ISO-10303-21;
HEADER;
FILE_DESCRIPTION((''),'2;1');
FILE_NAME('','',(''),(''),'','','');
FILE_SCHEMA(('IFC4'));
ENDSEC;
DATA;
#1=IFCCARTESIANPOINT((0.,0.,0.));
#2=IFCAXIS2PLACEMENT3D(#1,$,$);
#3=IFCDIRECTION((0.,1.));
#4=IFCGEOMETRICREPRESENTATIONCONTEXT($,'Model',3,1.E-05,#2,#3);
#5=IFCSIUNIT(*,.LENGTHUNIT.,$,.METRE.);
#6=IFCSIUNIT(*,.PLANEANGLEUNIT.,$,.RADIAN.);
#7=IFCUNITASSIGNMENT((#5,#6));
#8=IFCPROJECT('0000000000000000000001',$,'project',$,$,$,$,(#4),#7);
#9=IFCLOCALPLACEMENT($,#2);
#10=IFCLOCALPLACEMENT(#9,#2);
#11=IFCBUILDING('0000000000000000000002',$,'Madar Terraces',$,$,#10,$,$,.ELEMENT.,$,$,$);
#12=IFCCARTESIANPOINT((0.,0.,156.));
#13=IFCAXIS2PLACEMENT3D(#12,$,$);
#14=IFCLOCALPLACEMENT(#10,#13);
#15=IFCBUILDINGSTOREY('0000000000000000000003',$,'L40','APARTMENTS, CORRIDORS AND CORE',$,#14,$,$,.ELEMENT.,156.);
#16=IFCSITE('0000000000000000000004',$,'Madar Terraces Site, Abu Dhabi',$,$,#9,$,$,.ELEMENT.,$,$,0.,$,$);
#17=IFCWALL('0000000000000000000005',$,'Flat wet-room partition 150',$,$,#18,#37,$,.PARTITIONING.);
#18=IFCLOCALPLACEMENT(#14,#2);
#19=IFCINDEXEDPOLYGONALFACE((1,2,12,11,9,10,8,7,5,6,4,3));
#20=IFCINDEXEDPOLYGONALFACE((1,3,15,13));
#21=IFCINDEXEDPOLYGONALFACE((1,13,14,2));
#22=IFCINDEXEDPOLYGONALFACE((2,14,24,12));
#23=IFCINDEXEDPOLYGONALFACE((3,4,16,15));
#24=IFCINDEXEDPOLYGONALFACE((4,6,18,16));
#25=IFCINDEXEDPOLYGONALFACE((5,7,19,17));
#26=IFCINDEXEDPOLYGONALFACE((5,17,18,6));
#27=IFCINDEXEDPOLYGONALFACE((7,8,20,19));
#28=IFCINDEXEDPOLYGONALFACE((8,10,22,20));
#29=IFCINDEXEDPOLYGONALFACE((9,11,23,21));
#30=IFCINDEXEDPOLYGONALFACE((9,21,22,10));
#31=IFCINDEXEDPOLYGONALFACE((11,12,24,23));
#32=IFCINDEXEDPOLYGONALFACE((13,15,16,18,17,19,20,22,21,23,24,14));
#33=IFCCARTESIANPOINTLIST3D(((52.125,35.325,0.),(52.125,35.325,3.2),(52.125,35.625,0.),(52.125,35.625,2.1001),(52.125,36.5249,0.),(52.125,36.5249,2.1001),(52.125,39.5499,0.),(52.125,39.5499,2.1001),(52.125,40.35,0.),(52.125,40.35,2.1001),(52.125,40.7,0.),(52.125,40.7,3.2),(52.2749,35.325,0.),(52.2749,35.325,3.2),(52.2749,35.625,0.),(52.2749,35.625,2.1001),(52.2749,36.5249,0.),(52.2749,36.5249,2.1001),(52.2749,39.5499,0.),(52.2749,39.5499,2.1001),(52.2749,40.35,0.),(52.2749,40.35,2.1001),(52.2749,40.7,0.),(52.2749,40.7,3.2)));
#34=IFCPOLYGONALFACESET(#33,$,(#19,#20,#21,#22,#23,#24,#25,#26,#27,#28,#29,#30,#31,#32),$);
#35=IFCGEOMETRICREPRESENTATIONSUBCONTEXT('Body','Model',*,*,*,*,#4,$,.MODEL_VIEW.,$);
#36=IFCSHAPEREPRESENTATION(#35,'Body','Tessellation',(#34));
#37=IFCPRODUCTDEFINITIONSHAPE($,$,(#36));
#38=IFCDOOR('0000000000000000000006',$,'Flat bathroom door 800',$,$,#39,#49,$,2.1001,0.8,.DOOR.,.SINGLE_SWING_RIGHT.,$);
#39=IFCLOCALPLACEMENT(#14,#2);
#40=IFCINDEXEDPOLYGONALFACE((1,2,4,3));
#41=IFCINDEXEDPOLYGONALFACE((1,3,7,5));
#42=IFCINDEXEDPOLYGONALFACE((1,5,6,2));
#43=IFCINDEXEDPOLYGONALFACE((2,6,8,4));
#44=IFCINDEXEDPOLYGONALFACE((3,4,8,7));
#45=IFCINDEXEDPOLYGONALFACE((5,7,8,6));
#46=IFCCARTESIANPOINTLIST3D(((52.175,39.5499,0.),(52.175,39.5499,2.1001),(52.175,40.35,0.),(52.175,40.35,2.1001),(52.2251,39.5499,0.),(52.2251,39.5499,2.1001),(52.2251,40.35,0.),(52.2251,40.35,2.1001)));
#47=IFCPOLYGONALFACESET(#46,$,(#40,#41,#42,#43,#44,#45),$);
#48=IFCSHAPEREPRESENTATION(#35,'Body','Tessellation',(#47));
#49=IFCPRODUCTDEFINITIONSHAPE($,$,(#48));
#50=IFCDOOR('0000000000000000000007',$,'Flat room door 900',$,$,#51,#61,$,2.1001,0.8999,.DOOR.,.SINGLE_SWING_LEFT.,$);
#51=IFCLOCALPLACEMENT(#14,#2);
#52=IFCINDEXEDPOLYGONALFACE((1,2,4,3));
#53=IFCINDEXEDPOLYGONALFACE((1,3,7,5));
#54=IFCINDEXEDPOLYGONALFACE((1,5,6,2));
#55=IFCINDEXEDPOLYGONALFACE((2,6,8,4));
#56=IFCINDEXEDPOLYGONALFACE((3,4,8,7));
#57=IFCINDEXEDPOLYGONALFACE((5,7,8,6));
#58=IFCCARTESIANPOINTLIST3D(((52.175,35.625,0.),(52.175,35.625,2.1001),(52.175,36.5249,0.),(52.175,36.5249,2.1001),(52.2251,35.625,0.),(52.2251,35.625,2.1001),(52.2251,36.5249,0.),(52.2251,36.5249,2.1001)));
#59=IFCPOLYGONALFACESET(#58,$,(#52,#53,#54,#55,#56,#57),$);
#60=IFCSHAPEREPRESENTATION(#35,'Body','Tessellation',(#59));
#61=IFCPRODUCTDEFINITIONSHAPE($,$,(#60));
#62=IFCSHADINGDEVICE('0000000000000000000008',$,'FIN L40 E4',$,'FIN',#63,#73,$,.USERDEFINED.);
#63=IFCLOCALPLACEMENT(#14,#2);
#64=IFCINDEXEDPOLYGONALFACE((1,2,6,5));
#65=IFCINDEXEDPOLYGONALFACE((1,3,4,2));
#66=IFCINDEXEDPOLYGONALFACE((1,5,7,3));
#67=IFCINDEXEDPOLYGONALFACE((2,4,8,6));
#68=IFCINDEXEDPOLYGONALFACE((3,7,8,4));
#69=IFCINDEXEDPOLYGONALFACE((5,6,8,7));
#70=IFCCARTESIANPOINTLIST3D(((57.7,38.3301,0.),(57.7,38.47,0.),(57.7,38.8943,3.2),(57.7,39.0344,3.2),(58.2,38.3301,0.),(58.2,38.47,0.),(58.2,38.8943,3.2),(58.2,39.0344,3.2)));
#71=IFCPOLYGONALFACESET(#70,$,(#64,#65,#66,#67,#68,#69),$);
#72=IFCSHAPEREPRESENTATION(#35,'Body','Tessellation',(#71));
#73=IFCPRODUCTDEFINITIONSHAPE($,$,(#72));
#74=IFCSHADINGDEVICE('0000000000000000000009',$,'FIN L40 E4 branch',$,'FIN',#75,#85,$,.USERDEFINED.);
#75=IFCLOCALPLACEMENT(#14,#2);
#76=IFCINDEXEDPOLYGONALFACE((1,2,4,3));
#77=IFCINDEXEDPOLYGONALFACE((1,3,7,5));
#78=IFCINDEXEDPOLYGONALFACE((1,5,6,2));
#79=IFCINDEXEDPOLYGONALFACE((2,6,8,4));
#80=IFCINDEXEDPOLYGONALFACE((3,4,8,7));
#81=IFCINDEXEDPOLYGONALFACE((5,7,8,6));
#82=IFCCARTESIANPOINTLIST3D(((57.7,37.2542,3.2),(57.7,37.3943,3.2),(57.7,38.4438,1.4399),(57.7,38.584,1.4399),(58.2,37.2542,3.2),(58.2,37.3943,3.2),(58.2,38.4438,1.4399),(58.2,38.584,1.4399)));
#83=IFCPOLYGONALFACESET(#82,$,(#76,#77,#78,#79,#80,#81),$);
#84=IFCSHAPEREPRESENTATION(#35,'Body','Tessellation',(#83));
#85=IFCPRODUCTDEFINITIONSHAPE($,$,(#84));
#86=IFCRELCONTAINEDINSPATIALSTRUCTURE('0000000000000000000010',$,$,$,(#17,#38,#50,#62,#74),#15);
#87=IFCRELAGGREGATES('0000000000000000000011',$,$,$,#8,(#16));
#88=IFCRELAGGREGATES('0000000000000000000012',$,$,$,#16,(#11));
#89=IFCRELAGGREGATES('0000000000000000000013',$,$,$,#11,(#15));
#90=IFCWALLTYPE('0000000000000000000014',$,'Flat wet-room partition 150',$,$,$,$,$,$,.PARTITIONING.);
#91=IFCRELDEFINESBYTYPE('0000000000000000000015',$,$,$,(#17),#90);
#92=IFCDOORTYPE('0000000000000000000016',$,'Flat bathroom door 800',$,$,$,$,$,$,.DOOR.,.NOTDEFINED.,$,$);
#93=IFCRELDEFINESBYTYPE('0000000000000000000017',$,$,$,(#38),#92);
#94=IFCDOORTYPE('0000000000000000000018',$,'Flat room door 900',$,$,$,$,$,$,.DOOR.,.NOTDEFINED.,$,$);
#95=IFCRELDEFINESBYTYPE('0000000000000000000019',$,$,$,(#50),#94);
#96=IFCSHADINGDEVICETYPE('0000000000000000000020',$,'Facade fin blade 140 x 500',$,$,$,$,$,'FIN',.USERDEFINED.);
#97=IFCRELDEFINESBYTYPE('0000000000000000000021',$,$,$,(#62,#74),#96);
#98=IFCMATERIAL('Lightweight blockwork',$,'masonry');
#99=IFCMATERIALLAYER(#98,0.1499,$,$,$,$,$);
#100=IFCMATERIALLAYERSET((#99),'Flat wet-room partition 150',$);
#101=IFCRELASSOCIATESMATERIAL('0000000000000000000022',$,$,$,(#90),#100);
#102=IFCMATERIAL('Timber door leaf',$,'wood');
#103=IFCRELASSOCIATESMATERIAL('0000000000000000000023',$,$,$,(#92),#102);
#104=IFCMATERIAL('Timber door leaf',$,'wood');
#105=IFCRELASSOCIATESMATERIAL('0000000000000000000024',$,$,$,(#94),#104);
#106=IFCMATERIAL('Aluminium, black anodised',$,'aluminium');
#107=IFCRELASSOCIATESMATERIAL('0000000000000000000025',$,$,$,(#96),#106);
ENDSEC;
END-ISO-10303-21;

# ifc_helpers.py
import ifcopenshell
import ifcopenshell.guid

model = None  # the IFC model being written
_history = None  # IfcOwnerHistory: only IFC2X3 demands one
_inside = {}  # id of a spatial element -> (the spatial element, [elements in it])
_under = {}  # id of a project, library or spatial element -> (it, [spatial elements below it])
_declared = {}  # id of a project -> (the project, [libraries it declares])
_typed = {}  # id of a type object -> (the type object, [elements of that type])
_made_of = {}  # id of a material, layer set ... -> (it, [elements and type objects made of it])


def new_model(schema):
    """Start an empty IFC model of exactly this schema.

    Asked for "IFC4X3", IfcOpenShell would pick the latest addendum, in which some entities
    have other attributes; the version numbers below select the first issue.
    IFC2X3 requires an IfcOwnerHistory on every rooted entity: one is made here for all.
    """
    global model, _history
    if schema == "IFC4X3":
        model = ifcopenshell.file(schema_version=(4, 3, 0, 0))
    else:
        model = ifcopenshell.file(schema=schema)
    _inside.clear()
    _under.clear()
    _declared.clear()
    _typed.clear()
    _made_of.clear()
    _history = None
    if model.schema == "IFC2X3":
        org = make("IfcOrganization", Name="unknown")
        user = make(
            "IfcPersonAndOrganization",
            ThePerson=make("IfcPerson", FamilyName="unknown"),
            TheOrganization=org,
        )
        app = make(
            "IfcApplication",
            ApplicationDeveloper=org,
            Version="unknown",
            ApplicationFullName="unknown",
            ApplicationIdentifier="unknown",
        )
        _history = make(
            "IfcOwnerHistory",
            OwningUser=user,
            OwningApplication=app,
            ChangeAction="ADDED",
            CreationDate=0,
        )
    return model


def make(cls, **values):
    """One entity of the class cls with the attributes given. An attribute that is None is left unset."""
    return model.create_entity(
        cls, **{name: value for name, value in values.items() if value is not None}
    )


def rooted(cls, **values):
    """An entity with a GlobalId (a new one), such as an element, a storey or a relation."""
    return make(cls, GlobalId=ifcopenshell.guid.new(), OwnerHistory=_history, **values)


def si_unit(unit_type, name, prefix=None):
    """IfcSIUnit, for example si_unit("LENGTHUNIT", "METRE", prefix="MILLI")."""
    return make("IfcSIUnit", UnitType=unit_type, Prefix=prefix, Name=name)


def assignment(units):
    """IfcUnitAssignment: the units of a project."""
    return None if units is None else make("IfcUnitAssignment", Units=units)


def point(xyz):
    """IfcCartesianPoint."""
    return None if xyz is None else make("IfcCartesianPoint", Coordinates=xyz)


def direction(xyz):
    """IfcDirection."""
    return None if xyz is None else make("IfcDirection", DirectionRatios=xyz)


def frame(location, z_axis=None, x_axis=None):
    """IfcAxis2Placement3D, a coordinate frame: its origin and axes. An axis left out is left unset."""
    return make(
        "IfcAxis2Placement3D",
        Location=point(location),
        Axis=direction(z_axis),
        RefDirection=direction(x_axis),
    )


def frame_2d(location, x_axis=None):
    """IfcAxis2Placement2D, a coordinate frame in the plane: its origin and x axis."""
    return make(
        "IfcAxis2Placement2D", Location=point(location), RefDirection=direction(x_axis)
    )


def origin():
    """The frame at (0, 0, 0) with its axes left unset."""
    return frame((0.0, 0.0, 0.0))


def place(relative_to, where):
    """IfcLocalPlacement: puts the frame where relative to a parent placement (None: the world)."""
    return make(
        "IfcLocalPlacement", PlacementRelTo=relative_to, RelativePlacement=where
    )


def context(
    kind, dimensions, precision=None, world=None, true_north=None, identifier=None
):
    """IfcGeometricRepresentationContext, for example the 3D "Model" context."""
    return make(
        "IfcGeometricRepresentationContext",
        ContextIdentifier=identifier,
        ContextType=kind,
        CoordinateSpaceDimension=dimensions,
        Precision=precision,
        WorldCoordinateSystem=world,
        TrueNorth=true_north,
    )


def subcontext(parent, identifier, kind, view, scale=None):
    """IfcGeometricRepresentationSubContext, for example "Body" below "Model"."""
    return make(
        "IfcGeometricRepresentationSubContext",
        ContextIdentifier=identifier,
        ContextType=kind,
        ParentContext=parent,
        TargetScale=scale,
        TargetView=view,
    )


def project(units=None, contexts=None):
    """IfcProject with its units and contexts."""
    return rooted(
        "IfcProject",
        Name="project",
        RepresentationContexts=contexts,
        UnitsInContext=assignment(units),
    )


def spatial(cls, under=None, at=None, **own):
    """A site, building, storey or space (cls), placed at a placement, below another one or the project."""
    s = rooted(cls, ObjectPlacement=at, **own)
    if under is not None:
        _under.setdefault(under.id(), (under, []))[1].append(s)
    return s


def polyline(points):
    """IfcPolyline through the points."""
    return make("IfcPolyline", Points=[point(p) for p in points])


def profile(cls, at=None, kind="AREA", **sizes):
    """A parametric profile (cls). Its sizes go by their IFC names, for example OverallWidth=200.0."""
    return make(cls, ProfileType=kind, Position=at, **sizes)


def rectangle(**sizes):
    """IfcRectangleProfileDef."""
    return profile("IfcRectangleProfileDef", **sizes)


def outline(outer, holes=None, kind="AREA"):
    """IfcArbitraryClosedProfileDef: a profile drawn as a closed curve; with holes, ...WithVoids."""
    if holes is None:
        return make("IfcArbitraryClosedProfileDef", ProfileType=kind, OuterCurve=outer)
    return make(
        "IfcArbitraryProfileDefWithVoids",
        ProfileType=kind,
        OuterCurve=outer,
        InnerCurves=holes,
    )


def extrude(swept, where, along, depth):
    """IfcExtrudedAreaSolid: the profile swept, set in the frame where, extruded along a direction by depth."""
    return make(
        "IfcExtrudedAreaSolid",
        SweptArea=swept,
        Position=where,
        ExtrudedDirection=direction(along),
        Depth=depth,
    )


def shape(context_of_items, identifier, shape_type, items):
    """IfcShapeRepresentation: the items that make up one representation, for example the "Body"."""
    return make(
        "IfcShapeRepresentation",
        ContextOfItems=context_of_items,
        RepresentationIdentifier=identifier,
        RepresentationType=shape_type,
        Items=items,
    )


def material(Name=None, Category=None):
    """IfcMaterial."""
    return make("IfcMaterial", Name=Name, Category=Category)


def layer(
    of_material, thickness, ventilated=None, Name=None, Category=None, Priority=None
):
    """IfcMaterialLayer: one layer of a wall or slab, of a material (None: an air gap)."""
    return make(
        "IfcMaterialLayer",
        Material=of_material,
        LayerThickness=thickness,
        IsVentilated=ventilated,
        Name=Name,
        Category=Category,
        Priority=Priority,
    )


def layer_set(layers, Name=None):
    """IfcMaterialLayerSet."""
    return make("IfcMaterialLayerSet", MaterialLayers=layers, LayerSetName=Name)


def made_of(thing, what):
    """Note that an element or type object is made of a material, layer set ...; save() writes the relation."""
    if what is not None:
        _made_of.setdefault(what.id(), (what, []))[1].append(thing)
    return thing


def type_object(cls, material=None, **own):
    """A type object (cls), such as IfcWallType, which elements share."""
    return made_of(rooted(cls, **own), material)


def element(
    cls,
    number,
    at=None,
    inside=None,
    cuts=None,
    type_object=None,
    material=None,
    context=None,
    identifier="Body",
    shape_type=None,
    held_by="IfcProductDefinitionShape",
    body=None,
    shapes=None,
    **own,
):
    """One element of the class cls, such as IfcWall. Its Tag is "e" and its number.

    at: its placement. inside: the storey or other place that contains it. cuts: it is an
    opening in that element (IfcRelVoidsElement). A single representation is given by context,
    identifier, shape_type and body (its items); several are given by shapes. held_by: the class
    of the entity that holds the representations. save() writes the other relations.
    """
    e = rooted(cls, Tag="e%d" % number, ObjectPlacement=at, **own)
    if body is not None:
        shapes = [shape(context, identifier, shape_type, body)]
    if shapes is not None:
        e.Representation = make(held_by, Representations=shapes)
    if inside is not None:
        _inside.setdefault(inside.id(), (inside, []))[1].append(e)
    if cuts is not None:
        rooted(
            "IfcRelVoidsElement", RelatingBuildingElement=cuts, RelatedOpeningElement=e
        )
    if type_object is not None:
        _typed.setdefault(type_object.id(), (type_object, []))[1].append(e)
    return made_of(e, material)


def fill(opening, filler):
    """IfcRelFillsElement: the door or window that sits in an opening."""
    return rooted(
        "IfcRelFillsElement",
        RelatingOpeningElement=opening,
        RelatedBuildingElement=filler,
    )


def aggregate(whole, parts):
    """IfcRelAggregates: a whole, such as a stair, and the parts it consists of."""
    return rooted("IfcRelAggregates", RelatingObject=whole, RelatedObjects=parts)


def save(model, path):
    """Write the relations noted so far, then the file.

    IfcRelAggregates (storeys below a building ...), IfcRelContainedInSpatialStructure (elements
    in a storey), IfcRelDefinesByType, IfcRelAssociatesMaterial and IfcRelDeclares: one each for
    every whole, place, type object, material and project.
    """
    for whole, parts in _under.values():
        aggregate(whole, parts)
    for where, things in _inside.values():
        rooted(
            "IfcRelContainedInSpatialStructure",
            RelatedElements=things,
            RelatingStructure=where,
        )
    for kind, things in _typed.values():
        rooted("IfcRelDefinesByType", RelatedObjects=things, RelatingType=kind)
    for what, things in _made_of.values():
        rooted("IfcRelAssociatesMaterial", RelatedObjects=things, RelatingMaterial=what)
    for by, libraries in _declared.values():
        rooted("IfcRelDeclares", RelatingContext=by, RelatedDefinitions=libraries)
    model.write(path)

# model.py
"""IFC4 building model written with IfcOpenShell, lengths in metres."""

from ifc_helpers import new_model, si_unit, direction, frame, frame_2d, origin, place, context, subcontext, project, spatial, polyline, rectangle, outline, extrude, material, layer, layer_set, type_object, element, fill, save


model = new_model("IFC4")

# Units and contexts
model_context = context("Model", 3, precision=1e-05, world=origin(), true_north=direction((0.0, 1.0)))
body_context = subcontext(model_context, "Body", "Model", "MODEL_VIEW")
ifc_project = project(units=[si_unit("LENGTHUNIT", "METRE"), si_unit("PLANEANGLEUNIT", "RADIAN")], contexts=[model_context])

# Site, building, storey
site_placement = place(None, origin())
site = spatial("IfcSite", under=ifc_project, at=site_placement, Name="Madar Terraces Site, Abu Dhabi", CompositionType="ELEMENT", RefElevation=0.0)
building_placement = place(site_placement, origin())
building = spatial("IfcBuilding", under=site, at=building_placement, Name="Madar Terraces", CompositionType="ELEMENT")
storey_placement = place(building_placement, frame((0.0, 0.0, 156.0)))
storey = spatial("IfcBuildingStorey", under=building, at=storey_placement, Name="L40", Description="APARTMENTS, CORRIDORS AND CORE", CompositionType="ELEMENT", Elevation=156.0)

# Shared definitions
ifc_material_1 = material(Name="Lightweight blockwork", Category="masonry")
ifc_layer_1 = layer(ifc_material_1, 0.1499)
ifc_layer_set_1 = layer_set([ifc_layer_1], Name="Flat wet-room partition 150")
wall_type_1 = type_object("IfcWallType", Name="Flat wet-room partition 150", PredefinedType="PARTITIONING", material=ifc_layer_set_1)

# Wall, openings, doors
wall_1_placement = place(storey_placement, frame((52.2, 35.325, 0.0), z_axis=(0.0, 0.0, 1.0), x_axis=(0.0, 1.0, 0.0)))
wall_1 = element("IfcWall", 1, at=wall_1_placement, inside=storey, type_object=wall_type_1, Name="Flat wet-room partition 150", PredefinedType="PARTITIONING", context=body_context, shape_type="SweptSolid", body=[
    extrude(rectangle(XDim=5.375, YDim=0.1499, at=frame_2d((2.6875, 0.0))), origin(), (0.0, 0.0, 1.0), 3.2),
])
opening_1_placement = place(wall_1_placement, frame((0.3, 0.0, 0.0)))
opening_1 = element("IfcOpeningElement", 2, at=opening_1_placement, cuts=wall_1, PredefinedType="OPENING", context=body_context, shape_type="SweptSolid", body=[
    extrude(rectangle(XDim=0.8999, YDim=2.1001, at=frame_2d((0.45, 1.05))), frame((0.0, 0.085, 0.0), z_axis=(0.0, -1.0, 0.0), x_axis=(1.0, 0.0, 0.0)), (0.0, 0.0, 1.0), 0.1699),
])
opening_2_placement = place(wall_1_placement, frame((4.2251, 0.0, 0.0)))
opening_2 = element("IfcOpeningElement", 3, at=opening_2_placement, cuts=wall_1, PredefinedType="OPENING", context=body_context, shape_type="SweptSolid", body=[
    extrude(rectangle(XDim=0.8, YDim=2.1001, at=frame_2d((0.3999, 1.05))), frame((0.0, 0.085, 0.0), z_axis=(0.0, -1.0, 0.0), x_axis=(1.0, 0.0, 0.0)), (0.0, 0.0, 1.0), 0.1699),
])
ifc_material_2 = material(Name="Timber door leaf", Category="wood")
door_type_1 = type_object("IfcDoorType", Name="Flat bathroom door 800", OperationType="NOTDEFINED", PredefinedType="DOOR", material=ifc_material_2)
door_1_placement = place(opening_2_placement, origin())
door_1 = element("IfcDoor", 4, at=door_1_placement, inside=storey, type_object=door_type_1, Name="Flat bathroom door 800", OperationType="SINGLE_SWING_RIGHT", OverallHeight=2.1001, OverallWidth=0.8, PredefinedType="DOOR", context=body_context, shape_type="SweptSolid", body=[
    extrude(rectangle(XDim=0.8, YDim=2.1001, at=frame_2d((0.3999, 1.05))), frame((0.0, 0.0249, 0.0), z_axis=(0.0, -1.0, 0.0), x_axis=(1.0, 0.0, 0.0)), (0.0, 0.0, 1.0), 0.05),
])
fill(opening_2, door_1)
ifc_material_3 = material(Name="Timber door leaf", Category="wood")
door_type_2 = type_object("IfcDoorType", Name="Flat room door 900", OperationType="NOTDEFINED", PredefinedType="DOOR", material=ifc_material_3)
door_2_placement = place(opening_1_placement, origin())
door_2 = element("IfcDoor", 5, at=door_2_placement, inside=storey, type_object=door_type_2, Name="Flat room door 900", OperationType="SINGLE_SWING_LEFT", OverallHeight=2.1001, OverallWidth=0.8999, PredefinedType="DOOR", context=body_context, shape_type="SweptSolid", body=[
    extrude(rectangle(XDim=0.8999, YDim=2.1001, at=frame_2d((0.45, 1.05))), frame((0.0, 0.0249, 0.0), z_axis=(0.0, -1.0, 0.0), x_axis=(1.0, 0.0, 0.0)), (0.0, 0.0, 1.0), 0.05),
])
fill(opening_1, door_2)

# Shading devices
ifc_material_4 = material(Name="Aluminium, black anodised", Category="aluminium")
shading_device_type = type_object("IfcShadingDeviceType", Name="Facade fin blade 140 x 500", ElementType="FIN", PredefinedType="USERDEFINED", material=ifc_material_4)
shading_device_1_placement = place(storey_placement, frame((57.95, 38.3301, 0.0), z_axis=(0.0, 0.0, 1.0), x_axis=(0.0, 1.0, 0.0)))
element("IfcShadingDevice", 6, at=shading_device_1_placement, inside=storey, type_object=shading_device_type, Name="FIN L40 E4", ObjectType="FIN", PredefinedType="USERDEFINED", context=body_context, shape_type="SweptSolid", body=[
    extrude(outline(polyline([(0.0, 0.0), (0.1399, 0.0), (0.7043, 3.2), (0.5642, 3.2), (0.0, 0.0)])), frame((0.0, 0.25, 0.0), z_axis=(0.0, -1.0, 0.0), x_axis=(1.0, 0.0, 0.0)), (0.0, 0.0, 1.0), 0.5),
])
shading_device_2_placement = place(storey_placement, frame((57.95, 38.4438, 1.4399), z_axis=(0.0, 0.0, 1.0), x_axis=(0.0, 1.0, 0.0)))
element("IfcShadingDevice", 7, at=shading_device_2_placement, inside=storey, type_object=shading_device_type, Name="FIN L40 E4 branch", ObjectType="FIN", PredefinedType="USERDEFINED", context=body_context, shape_type="SweptSolid", body=[
    extrude(outline(polyline([(0.0, 0.0), (0.1401, 0.0), (-1.0496, 1.76), (-1.1897, 1.76), (0.0, 0.0)])), frame((0.0, 0.25, 0.0), z_axis=(0.0, -1.0, 0.0), x_axis=(1.0, 0.0, 0.0)), (0.0, 0.0, 1.0), 0.5),
])

save(model, "model.ifc")
